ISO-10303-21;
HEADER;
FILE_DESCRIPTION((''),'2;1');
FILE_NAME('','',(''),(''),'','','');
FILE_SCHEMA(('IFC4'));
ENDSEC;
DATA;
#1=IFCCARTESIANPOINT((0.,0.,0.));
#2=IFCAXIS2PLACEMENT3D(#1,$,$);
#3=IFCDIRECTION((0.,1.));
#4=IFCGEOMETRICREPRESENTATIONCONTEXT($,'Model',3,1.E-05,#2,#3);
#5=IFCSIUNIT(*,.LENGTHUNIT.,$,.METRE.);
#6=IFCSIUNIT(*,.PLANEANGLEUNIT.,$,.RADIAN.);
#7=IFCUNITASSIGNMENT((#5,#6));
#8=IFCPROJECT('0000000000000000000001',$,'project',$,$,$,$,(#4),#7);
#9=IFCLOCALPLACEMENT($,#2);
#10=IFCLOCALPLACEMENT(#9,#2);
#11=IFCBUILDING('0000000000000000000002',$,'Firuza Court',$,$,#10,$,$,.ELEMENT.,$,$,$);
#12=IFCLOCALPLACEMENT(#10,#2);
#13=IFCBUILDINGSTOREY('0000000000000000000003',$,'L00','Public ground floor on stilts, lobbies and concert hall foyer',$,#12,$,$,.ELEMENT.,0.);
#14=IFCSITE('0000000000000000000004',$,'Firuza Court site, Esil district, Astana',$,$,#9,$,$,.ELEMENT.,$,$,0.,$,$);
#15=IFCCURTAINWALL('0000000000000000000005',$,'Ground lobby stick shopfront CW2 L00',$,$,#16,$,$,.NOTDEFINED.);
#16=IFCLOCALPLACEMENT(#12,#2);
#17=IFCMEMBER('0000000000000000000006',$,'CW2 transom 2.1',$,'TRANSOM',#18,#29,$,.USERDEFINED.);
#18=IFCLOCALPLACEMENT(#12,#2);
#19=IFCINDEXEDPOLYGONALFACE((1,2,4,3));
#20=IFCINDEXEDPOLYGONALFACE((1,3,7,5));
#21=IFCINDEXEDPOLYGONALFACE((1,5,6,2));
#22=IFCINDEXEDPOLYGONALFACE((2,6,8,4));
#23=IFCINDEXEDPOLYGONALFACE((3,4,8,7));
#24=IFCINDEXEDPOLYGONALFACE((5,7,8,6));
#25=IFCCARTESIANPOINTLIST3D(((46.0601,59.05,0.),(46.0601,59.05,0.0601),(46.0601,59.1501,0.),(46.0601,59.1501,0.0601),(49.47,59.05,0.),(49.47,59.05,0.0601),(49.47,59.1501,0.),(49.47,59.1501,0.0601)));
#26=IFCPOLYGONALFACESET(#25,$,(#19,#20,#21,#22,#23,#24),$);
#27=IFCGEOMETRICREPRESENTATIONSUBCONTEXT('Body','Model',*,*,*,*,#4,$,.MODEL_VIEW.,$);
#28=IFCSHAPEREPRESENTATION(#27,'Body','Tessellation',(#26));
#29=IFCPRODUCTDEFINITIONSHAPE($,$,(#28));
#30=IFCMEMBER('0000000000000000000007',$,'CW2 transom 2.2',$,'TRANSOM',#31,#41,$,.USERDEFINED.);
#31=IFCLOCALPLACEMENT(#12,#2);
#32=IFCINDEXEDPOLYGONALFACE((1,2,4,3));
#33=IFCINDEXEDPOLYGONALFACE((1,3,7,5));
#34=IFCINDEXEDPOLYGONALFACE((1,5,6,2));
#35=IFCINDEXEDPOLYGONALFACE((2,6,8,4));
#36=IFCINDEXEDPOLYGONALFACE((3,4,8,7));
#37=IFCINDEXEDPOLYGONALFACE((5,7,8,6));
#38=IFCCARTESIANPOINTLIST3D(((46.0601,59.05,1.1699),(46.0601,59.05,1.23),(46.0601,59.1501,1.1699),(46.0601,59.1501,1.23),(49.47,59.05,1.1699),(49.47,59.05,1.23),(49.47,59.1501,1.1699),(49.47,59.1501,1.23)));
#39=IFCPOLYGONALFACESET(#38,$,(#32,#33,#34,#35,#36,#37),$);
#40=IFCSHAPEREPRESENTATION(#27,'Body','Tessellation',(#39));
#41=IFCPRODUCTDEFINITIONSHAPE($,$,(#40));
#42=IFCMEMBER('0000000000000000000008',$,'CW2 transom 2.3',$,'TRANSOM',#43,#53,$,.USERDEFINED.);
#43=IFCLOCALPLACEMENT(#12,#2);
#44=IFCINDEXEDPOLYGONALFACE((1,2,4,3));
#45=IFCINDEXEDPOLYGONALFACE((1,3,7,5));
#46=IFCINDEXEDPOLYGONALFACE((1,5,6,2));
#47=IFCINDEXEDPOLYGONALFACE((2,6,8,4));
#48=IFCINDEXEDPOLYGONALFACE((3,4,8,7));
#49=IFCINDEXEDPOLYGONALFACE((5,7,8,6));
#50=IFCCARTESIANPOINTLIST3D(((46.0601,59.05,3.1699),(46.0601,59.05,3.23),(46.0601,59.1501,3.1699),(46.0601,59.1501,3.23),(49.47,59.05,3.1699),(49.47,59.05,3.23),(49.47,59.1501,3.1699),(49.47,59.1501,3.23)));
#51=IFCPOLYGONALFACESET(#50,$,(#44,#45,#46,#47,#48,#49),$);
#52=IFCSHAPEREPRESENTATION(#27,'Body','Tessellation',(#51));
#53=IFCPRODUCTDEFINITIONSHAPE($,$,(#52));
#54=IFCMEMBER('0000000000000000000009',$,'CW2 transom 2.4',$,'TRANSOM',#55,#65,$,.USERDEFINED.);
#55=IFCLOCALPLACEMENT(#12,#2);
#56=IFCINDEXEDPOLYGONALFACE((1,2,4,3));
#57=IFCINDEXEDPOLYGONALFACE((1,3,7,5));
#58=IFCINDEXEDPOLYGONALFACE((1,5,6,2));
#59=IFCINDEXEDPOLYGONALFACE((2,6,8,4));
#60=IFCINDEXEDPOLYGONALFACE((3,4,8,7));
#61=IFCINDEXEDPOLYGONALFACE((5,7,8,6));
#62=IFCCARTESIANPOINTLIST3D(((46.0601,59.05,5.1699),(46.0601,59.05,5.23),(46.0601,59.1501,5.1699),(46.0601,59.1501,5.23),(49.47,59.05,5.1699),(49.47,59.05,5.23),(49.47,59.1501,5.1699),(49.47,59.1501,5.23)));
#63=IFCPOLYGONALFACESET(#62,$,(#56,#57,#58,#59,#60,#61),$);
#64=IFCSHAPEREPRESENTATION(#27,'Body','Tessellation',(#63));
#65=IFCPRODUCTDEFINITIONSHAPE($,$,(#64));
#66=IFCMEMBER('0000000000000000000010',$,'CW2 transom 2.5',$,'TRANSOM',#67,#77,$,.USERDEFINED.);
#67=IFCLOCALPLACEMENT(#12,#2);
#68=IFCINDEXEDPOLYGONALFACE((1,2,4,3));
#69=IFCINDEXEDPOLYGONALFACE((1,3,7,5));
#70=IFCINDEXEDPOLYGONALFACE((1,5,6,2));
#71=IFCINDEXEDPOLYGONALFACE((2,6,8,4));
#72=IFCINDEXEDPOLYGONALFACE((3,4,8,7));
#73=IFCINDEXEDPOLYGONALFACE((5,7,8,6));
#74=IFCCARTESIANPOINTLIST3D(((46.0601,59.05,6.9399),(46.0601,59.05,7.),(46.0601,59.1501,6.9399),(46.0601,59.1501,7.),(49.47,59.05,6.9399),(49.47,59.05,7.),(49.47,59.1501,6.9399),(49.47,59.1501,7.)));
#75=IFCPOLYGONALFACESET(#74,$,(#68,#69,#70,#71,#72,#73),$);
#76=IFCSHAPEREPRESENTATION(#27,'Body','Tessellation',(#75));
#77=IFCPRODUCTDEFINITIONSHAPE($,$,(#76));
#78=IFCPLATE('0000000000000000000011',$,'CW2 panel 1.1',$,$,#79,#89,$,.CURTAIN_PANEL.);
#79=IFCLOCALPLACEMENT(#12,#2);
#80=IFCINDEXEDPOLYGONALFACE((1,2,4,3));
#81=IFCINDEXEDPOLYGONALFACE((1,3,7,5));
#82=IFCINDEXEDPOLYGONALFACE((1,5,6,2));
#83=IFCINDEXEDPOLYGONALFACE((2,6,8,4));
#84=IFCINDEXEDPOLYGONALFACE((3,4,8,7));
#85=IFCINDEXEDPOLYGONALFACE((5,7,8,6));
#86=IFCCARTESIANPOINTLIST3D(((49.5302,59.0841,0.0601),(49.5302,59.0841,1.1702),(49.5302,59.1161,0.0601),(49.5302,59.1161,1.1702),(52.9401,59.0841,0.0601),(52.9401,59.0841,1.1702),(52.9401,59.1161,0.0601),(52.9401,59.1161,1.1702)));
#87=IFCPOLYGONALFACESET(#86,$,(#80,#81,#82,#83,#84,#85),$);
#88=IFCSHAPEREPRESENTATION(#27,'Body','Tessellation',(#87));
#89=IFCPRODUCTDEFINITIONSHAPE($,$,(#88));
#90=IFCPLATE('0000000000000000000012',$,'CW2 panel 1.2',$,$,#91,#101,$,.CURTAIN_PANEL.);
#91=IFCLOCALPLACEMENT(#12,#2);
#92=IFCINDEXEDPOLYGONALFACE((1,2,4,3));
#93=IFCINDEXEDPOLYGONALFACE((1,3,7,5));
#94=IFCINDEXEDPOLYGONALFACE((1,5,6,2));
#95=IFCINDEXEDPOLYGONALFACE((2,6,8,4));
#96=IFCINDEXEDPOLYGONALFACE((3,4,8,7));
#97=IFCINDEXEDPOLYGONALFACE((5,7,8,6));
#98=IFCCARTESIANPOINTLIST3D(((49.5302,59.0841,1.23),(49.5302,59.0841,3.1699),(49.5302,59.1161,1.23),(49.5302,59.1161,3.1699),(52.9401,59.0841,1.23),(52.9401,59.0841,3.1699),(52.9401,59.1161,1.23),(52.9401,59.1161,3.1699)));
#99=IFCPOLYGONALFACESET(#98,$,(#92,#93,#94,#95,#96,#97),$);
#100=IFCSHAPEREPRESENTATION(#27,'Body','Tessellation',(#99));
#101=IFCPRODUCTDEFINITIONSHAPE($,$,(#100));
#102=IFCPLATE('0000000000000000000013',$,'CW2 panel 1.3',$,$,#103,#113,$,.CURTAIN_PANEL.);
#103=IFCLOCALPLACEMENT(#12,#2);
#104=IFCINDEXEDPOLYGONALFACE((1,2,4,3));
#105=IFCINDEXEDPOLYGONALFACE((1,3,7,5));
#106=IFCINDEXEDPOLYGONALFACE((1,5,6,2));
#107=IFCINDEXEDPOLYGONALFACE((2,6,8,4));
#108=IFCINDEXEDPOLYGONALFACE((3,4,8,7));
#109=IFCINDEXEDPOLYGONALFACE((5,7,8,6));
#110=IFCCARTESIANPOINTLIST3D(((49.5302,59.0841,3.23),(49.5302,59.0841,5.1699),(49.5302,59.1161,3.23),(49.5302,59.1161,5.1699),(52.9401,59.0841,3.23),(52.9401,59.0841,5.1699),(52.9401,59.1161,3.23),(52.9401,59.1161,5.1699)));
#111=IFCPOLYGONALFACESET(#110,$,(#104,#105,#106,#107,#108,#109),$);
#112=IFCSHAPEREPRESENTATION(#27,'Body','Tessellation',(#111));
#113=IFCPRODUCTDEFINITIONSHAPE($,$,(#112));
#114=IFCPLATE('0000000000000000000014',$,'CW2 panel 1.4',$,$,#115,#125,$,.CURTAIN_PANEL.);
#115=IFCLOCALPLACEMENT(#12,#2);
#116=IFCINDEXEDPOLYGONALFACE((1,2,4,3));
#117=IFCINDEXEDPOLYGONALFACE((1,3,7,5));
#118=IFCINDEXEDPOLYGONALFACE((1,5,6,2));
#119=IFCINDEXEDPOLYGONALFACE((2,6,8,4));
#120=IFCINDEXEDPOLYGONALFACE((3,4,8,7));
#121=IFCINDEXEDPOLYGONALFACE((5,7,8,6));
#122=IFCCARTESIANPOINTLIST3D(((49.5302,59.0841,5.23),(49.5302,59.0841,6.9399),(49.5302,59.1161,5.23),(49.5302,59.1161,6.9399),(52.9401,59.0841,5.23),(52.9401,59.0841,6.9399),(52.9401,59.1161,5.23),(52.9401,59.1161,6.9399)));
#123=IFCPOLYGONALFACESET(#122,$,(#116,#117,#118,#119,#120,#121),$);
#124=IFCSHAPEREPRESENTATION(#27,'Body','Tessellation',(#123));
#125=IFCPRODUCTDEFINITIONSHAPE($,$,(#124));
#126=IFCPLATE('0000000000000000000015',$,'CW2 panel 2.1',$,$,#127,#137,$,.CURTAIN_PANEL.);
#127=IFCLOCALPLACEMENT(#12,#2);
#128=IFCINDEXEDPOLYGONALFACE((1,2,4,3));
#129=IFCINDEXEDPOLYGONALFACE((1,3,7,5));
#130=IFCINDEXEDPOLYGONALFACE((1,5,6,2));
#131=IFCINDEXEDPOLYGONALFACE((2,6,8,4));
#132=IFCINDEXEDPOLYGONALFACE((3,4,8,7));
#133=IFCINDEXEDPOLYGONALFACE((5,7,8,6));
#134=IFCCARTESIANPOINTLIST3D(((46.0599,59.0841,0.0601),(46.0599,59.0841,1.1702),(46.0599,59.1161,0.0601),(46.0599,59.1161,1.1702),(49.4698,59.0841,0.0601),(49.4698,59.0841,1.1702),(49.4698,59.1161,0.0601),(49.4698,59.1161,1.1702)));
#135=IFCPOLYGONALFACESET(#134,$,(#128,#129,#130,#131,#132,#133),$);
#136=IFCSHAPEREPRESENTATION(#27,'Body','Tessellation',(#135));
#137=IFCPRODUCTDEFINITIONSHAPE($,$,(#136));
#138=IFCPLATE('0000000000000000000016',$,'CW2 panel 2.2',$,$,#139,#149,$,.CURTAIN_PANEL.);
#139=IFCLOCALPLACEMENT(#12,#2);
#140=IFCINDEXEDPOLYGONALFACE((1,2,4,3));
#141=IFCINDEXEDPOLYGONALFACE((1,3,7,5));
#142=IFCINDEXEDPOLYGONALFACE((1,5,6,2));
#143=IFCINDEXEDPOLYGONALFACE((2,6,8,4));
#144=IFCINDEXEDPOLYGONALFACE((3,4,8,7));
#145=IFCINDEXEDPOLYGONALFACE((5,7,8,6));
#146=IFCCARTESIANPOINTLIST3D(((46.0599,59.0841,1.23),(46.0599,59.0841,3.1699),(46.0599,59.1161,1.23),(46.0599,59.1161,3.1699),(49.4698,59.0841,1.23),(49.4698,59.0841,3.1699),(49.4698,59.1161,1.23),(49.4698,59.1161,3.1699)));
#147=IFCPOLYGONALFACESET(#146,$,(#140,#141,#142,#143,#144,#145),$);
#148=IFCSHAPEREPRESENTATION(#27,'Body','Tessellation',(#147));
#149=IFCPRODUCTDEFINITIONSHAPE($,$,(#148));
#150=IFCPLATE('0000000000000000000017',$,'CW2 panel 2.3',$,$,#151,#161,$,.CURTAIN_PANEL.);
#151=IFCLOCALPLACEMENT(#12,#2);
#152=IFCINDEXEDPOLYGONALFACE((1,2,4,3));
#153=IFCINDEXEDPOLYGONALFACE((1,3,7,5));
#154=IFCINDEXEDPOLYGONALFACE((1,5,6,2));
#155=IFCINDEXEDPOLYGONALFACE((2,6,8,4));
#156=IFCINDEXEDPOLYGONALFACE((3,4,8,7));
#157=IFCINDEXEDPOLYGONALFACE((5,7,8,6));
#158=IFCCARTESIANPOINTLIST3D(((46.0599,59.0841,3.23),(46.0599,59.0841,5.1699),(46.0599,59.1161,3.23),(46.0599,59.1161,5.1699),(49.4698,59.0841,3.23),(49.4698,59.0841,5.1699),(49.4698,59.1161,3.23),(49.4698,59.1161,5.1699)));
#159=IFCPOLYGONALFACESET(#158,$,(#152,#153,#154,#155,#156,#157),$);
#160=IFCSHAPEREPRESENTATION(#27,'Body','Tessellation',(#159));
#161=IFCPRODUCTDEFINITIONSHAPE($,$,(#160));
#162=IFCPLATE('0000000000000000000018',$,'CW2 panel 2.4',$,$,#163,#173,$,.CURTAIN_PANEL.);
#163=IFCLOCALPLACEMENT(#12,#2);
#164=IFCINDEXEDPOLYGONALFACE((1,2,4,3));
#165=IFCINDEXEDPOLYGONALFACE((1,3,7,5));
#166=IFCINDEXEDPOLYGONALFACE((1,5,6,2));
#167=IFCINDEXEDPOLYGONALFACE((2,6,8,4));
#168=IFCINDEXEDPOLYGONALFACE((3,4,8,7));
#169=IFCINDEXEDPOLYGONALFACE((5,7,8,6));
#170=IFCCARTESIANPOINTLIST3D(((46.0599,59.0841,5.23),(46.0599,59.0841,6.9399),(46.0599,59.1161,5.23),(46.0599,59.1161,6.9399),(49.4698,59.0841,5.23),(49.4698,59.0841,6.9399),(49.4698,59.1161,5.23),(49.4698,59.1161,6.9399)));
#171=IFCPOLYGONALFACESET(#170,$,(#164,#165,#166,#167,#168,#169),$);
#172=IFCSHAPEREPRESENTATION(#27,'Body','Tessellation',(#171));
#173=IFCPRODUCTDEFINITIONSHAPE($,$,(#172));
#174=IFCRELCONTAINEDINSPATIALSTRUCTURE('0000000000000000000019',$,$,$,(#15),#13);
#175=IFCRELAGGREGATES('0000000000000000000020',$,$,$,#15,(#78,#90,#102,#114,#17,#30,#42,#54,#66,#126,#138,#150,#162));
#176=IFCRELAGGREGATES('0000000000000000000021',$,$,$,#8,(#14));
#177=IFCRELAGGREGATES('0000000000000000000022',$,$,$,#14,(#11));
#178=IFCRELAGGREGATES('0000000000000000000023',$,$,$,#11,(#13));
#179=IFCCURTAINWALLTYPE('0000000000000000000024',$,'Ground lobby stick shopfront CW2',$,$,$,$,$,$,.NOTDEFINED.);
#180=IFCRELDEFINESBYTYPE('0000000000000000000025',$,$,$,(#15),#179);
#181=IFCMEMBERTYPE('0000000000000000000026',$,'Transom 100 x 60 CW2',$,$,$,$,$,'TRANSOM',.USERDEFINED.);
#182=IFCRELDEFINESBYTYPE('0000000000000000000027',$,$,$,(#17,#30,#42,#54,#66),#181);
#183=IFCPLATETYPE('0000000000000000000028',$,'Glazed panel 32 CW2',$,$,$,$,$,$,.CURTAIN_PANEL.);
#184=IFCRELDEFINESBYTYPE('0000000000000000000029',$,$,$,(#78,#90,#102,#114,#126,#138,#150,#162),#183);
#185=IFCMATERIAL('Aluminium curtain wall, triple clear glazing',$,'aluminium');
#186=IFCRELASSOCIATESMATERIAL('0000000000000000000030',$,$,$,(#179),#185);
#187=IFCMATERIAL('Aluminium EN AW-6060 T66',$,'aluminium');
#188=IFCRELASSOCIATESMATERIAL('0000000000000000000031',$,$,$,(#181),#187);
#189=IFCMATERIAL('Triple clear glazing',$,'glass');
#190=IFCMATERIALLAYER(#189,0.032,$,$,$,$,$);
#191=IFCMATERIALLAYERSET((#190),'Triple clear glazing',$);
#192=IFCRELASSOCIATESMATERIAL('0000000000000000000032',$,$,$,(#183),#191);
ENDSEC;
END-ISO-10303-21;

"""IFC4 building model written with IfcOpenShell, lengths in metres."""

from ifc_helpers import new_model, si_unit, direction, frame, origin, origin_2d, place, context, subcontext, project, spatial, rectangle, extrude, material, layer, layer_set, material_profile, profile_set, type_object, element, aggregate, save


model = new_model("IFC4")

# Units and contexts
model_context = context("Model", 3, precision=1e-05, world=origin(), true_north=direction((0.0, 1.0)))
body_context = subcontext(model_context, "Body", "Model", "MODEL_VIEW")
ifc_project = project(units=[si_unit("LENGTHUNIT", "METRE"), si_unit("PLANEANGLEUNIT", "RADIAN")], contexts=[model_context])

# Site, building, storey
site_placement = place(None, origin())
site = spatial("IfcSite", under=ifc_project, at=site_placement, Name="Firuza Court site, Esil district, Astana", CompositionType="ELEMENT", RefElevation=0.0)
building_placement = place(site_placement, origin())
building = spatial("IfcBuilding", under=site, at=building_placement, Name="Firuza Court", CompositionType="ELEMENT")
storey_placement = place(building_placement, origin())
storey = spatial("IfcBuildingStorey", under=building, at=storey_placement, Name="L00", Description="Public ground floor on stilts, lobbies and concert hall foyer", CompositionType="ELEMENT", Elevation=0.0)

# Curtain wall
ifc_material_1 = material(Name="Aluminium curtain wall, triple clear glazing", Category="aluminium")
curtain_wall_type = type_object("IfcCurtainWallType", Name="Ground lobby stick shopfront CW2", PredefinedType="NOTDEFINED", material=ifc_material_1)
curtain_wall_placement = place(storey_placement, origin())
curtain_wall = element("IfcCurtainWall", 1, at=curtain_wall_placement, inside=storey, type_object=curtain_wall_type, Name="Ground lobby stick shopfront CW2 L00", PredefinedType="NOTDEFINED")

# Members
ifc_material_2 = material(Name="Aluminium EN AW-6060 T66", Category="aluminium")
ifc_material_profile_1 = material_profile(ifc_material_2, rectangle(XDim=0.1001, YDim=0.0601, at=origin_2d()), Name="Transom 100 x 60 CW2")
ifc_profile_set_1 = profile_set([ifc_material_profile_1], Name="Aluminium EN AW-6060 T66")
member_type_1 = type_object("IfcMemberType", Name="Transom 100 x 60 CW2", ElementType="TRANSOM", PredefinedType="USERDEFINED", material=ifc_profile_set_1)
member_1_placement = place(storey_placement, frame((49.47, 59.1001, 0.03), z_axis=(-1.0, 0.0, 0.0), x_axis=(0.0, -1.0, 0.0)))
member_1 = element("IfcMember", 2, at=member_1_placement, type_object=member_type_1, Name="CW2 transom 2.1", ObjectType="TRANSOM", PredefinedType="USERDEFINED", context=body_context, shape_type="SweptSolid", body=[
    extrude(rectangle(XDim=0.1001, YDim=0.0601, at=origin_2d()), origin(), (0.0, 0.0, 1.0), 3.4099),
])
member_2_placement = place(storey_placement, frame((49.47, 59.1001, 1.2), z_axis=(-1.0, 0.0, 0.0), x_axis=(0.0, -1.0, 0.0)))
member_2 = element("IfcMember", 3, at=member_2_placement, type_object=member_type_1, Name="CW2 transom 2.2", ObjectType="TRANSOM", PredefinedType="USERDEFINED", context=body_context, shape_type="SweptSolid", body=[
    extrude(rectangle(XDim=0.1001, YDim=0.0601, at=origin_2d()), origin(), (0.0, 0.0, 1.0), 3.4099),
])
member_3_placement = place(storey_placement, frame((49.47, 59.1001, 3.2), z_axis=(-1.0, 0.0, 0.0), x_axis=(0.0, -1.0, 0.0)))
member_3 = element("IfcMember", 4, at=member_3_placement, type_object=member_type_1, Name="CW2 transom 2.3", ObjectType="TRANSOM", PredefinedType="USERDEFINED", context=body_context, shape_type="SweptSolid", body=[
    extrude(rectangle(XDim=0.1001, YDim=0.0601, at=origin_2d()), origin(), (0.0, 0.0, 1.0), 3.4099),
])
member_4_placement = place(storey_placement, frame((49.47, 59.1001, 5.2), z_axis=(-1.0, 0.0, 0.0), x_axis=(0.0, -1.0, 0.0)))
member_4 = element("IfcMember", 5, at=member_4_placement, type_object=member_type_1, Name="CW2 transom 2.4", ObjectType="TRANSOM", PredefinedType="USERDEFINED", context=body_context, shape_type="SweptSolid", body=[
    extrude(rectangle(XDim=0.1001, YDim=0.0601, at=origin_2d()), origin(), (0.0, 0.0, 1.0), 3.4099),
])
member_5_placement = place(storey_placement, frame((49.47, 59.1001, 6.97), z_axis=(-1.0, 0.0, 0.0), x_axis=(0.0, -1.0, 0.0)))
member_5 = element("IfcMember", 6, at=member_5_placement, type_object=member_type_1, Name="CW2 transom 2.5", ObjectType="TRANSOM", PredefinedType="USERDEFINED", context=body_context, shape_type="SweptSolid", body=[
    extrude(rectangle(XDim=0.1001, YDim=0.0601, at=origin_2d()), origin(), (0.0, 0.0, 1.0), 3.4099),
])

# Plates
ifc_material_3 = material(Name="Triple clear glazing", Category="glass")
ifc_layer_1 = layer(ifc_material_3, 0.032)
ifc_layer_set_1 = layer_set([ifc_layer_1], Name="Triple clear glazing")
plate_type = type_object("IfcPlateType", Name="Glazed panel 32 CW2", PredefinedType="CURTAIN_PANEL", material=ifc_layer_set_1)
plate_1_placement = place(storey_placement, frame((51.2351, 59.1001, 0.0601), z_axis=(0.0, 0.0, 1.0), x_axis=(-1.0, 0.0, 0.0)))
plate_1 = element("IfcPlate", 7, at=plate_1_placement, type_object=plate_type, Name="CW2 panel 1.1", PredefinedType="CURTAIN_PANEL", context=body_context, shape_type="SweptSolid", body=[
    extrude(rectangle(XDim=3.4099, YDim=0.032, at=origin_2d()), origin(), (0.0, 0.0, 1.0), 1.1101),
])
plate_2_placement = place(storey_placement, frame((51.2351, 59.1001, 1.23), z_axis=(0.0, 0.0, 1.0), x_axis=(-1.0, 0.0, 0.0)))
plate_2 = element("IfcPlate", 8, at=plate_2_placement, type_object=plate_type, Name="CW2 panel 1.2", PredefinedType="CURTAIN_PANEL", context=body_context, shape_type="SweptSolid", body=[
    extrude(rectangle(XDim=3.4099, YDim=0.032, at=origin_2d()), origin(), (0.0, 0.0, 1.0), 1.9399),
])
plate_3_placement = place(storey_placement, frame((51.2351, 59.1001, 3.23), z_axis=(0.0, 0.0, 1.0), x_axis=(-1.0, 0.0, 0.0)))
plate_3 = element("IfcPlate", 9, at=plate_3_placement, type_object=plate_type, Name="CW2 panel 1.3", PredefinedType="CURTAIN_PANEL", context=body_context, shape_type="SweptSolid", body=[
    extrude(rectangle(XDim=3.4099, YDim=0.032, at=origin_2d()), origin(), (0.0, 0.0, 1.0), 1.9399),
])
plate_4_placement = place(storey_placement, frame((51.2351, 59.1001, 5.23), z_axis=(0.0, 0.0, 1.0), x_axis=(-1.0, 0.0, 0.0)))
plate_4 = element("IfcPlate", 10, at=plate_4_placement, type_object=plate_type, Name="CW2 panel 1.4", PredefinedType="CURTAIN_PANEL", context=body_context, shape_type="SweptSolid", body=[
    extrude(rectangle(XDim=3.4099, YDim=0.032, at=origin_2d()), origin(), (0.0, 0.0, 1.0), 1.71),
])
plate_5_placement = place(storey_placement, frame((47.7649, 59.1001, 0.0601), z_axis=(0.0, 0.0, 1.0), x_axis=(-1.0, 0.0, 0.0)))
plate_5 = element("IfcPlate", 11, at=plate_5_placement, type_object=plate_type, Name="CW2 panel 2.1", PredefinedType="CURTAIN_PANEL", context=body_context, shape_type="SweptSolid", body=[
    extrude(rectangle(XDim=3.4099, YDim=0.032, at=origin_2d()), origin(), (0.0, 0.0, 1.0), 1.1101),
])
plate_6_placement = place(storey_placement, frame((47.7649, 59.1001, 1.23), z_axis=(0.0, 0.0, 1.0), x_axis=(-1.0, 0.0, 0.0)))
plate_6 = element("IfcPlate", 12, at=plate_6_placement, type_object=plate_type, Name="CW2 panel 2.2", PredefinedType="CURTAIN_PANEL", context=body_context, shape_type="SweptSolid", body=[
    extrude(rectangle(XDim=3.4099, YDim=0.032, at=origin_2d()), origin(), (0.0, 0.0, 1.0), 1.9399),
])
plate_7_placement = place(storey_placement, frame((47.7649, 59.1001, 3.23), z_axis=(0.0, 0.0, 1.0), x_axis=(-1.0, 0.0, 0.0)))
plate_7 = element("IfcPlate", 13, at=plate_7_placement, type_object=plate_type, Name="CW2 panel 2.3", PredefinedType="CURTAIN_PANEL", context=body_context, shape_type="SweptSolid", body=[
    extrude(rectangle(XDim=3.4099, YDim=0.032, at=origin_2d()), origin(), (0.0, 0.0, 1.0), 1.9399),
])
plate_8_placement = place(storey_placement, frame((47.7649, 59.1001, 5.23), z_axis=(0.0, 0.0, 1.0), x_axis=(-1.0, 0.0, 0.0)))
plate_8 = element("IfcPlate", 14, at=plate_8_placement, type_object=plate_type, Name="CW2 panel 2.4", PredefinedType="CURTAIN_PANEL", context=body_context, shape_type="SweptSolid", body=[
    extrude(rectangle(XDim=3.4099, YDim=0.032, at=origin_2d()), origin(), (0.0, 0.0, 1.0), 1.71),
])
aggregate(curtain_wall, [plate_1, plate_2, plate_3, plate_4, member_1, member_2, member_3, member_4, member_5, plate_5, plate_6, plate_7, plate_8])

save(model, "model.ifc")
